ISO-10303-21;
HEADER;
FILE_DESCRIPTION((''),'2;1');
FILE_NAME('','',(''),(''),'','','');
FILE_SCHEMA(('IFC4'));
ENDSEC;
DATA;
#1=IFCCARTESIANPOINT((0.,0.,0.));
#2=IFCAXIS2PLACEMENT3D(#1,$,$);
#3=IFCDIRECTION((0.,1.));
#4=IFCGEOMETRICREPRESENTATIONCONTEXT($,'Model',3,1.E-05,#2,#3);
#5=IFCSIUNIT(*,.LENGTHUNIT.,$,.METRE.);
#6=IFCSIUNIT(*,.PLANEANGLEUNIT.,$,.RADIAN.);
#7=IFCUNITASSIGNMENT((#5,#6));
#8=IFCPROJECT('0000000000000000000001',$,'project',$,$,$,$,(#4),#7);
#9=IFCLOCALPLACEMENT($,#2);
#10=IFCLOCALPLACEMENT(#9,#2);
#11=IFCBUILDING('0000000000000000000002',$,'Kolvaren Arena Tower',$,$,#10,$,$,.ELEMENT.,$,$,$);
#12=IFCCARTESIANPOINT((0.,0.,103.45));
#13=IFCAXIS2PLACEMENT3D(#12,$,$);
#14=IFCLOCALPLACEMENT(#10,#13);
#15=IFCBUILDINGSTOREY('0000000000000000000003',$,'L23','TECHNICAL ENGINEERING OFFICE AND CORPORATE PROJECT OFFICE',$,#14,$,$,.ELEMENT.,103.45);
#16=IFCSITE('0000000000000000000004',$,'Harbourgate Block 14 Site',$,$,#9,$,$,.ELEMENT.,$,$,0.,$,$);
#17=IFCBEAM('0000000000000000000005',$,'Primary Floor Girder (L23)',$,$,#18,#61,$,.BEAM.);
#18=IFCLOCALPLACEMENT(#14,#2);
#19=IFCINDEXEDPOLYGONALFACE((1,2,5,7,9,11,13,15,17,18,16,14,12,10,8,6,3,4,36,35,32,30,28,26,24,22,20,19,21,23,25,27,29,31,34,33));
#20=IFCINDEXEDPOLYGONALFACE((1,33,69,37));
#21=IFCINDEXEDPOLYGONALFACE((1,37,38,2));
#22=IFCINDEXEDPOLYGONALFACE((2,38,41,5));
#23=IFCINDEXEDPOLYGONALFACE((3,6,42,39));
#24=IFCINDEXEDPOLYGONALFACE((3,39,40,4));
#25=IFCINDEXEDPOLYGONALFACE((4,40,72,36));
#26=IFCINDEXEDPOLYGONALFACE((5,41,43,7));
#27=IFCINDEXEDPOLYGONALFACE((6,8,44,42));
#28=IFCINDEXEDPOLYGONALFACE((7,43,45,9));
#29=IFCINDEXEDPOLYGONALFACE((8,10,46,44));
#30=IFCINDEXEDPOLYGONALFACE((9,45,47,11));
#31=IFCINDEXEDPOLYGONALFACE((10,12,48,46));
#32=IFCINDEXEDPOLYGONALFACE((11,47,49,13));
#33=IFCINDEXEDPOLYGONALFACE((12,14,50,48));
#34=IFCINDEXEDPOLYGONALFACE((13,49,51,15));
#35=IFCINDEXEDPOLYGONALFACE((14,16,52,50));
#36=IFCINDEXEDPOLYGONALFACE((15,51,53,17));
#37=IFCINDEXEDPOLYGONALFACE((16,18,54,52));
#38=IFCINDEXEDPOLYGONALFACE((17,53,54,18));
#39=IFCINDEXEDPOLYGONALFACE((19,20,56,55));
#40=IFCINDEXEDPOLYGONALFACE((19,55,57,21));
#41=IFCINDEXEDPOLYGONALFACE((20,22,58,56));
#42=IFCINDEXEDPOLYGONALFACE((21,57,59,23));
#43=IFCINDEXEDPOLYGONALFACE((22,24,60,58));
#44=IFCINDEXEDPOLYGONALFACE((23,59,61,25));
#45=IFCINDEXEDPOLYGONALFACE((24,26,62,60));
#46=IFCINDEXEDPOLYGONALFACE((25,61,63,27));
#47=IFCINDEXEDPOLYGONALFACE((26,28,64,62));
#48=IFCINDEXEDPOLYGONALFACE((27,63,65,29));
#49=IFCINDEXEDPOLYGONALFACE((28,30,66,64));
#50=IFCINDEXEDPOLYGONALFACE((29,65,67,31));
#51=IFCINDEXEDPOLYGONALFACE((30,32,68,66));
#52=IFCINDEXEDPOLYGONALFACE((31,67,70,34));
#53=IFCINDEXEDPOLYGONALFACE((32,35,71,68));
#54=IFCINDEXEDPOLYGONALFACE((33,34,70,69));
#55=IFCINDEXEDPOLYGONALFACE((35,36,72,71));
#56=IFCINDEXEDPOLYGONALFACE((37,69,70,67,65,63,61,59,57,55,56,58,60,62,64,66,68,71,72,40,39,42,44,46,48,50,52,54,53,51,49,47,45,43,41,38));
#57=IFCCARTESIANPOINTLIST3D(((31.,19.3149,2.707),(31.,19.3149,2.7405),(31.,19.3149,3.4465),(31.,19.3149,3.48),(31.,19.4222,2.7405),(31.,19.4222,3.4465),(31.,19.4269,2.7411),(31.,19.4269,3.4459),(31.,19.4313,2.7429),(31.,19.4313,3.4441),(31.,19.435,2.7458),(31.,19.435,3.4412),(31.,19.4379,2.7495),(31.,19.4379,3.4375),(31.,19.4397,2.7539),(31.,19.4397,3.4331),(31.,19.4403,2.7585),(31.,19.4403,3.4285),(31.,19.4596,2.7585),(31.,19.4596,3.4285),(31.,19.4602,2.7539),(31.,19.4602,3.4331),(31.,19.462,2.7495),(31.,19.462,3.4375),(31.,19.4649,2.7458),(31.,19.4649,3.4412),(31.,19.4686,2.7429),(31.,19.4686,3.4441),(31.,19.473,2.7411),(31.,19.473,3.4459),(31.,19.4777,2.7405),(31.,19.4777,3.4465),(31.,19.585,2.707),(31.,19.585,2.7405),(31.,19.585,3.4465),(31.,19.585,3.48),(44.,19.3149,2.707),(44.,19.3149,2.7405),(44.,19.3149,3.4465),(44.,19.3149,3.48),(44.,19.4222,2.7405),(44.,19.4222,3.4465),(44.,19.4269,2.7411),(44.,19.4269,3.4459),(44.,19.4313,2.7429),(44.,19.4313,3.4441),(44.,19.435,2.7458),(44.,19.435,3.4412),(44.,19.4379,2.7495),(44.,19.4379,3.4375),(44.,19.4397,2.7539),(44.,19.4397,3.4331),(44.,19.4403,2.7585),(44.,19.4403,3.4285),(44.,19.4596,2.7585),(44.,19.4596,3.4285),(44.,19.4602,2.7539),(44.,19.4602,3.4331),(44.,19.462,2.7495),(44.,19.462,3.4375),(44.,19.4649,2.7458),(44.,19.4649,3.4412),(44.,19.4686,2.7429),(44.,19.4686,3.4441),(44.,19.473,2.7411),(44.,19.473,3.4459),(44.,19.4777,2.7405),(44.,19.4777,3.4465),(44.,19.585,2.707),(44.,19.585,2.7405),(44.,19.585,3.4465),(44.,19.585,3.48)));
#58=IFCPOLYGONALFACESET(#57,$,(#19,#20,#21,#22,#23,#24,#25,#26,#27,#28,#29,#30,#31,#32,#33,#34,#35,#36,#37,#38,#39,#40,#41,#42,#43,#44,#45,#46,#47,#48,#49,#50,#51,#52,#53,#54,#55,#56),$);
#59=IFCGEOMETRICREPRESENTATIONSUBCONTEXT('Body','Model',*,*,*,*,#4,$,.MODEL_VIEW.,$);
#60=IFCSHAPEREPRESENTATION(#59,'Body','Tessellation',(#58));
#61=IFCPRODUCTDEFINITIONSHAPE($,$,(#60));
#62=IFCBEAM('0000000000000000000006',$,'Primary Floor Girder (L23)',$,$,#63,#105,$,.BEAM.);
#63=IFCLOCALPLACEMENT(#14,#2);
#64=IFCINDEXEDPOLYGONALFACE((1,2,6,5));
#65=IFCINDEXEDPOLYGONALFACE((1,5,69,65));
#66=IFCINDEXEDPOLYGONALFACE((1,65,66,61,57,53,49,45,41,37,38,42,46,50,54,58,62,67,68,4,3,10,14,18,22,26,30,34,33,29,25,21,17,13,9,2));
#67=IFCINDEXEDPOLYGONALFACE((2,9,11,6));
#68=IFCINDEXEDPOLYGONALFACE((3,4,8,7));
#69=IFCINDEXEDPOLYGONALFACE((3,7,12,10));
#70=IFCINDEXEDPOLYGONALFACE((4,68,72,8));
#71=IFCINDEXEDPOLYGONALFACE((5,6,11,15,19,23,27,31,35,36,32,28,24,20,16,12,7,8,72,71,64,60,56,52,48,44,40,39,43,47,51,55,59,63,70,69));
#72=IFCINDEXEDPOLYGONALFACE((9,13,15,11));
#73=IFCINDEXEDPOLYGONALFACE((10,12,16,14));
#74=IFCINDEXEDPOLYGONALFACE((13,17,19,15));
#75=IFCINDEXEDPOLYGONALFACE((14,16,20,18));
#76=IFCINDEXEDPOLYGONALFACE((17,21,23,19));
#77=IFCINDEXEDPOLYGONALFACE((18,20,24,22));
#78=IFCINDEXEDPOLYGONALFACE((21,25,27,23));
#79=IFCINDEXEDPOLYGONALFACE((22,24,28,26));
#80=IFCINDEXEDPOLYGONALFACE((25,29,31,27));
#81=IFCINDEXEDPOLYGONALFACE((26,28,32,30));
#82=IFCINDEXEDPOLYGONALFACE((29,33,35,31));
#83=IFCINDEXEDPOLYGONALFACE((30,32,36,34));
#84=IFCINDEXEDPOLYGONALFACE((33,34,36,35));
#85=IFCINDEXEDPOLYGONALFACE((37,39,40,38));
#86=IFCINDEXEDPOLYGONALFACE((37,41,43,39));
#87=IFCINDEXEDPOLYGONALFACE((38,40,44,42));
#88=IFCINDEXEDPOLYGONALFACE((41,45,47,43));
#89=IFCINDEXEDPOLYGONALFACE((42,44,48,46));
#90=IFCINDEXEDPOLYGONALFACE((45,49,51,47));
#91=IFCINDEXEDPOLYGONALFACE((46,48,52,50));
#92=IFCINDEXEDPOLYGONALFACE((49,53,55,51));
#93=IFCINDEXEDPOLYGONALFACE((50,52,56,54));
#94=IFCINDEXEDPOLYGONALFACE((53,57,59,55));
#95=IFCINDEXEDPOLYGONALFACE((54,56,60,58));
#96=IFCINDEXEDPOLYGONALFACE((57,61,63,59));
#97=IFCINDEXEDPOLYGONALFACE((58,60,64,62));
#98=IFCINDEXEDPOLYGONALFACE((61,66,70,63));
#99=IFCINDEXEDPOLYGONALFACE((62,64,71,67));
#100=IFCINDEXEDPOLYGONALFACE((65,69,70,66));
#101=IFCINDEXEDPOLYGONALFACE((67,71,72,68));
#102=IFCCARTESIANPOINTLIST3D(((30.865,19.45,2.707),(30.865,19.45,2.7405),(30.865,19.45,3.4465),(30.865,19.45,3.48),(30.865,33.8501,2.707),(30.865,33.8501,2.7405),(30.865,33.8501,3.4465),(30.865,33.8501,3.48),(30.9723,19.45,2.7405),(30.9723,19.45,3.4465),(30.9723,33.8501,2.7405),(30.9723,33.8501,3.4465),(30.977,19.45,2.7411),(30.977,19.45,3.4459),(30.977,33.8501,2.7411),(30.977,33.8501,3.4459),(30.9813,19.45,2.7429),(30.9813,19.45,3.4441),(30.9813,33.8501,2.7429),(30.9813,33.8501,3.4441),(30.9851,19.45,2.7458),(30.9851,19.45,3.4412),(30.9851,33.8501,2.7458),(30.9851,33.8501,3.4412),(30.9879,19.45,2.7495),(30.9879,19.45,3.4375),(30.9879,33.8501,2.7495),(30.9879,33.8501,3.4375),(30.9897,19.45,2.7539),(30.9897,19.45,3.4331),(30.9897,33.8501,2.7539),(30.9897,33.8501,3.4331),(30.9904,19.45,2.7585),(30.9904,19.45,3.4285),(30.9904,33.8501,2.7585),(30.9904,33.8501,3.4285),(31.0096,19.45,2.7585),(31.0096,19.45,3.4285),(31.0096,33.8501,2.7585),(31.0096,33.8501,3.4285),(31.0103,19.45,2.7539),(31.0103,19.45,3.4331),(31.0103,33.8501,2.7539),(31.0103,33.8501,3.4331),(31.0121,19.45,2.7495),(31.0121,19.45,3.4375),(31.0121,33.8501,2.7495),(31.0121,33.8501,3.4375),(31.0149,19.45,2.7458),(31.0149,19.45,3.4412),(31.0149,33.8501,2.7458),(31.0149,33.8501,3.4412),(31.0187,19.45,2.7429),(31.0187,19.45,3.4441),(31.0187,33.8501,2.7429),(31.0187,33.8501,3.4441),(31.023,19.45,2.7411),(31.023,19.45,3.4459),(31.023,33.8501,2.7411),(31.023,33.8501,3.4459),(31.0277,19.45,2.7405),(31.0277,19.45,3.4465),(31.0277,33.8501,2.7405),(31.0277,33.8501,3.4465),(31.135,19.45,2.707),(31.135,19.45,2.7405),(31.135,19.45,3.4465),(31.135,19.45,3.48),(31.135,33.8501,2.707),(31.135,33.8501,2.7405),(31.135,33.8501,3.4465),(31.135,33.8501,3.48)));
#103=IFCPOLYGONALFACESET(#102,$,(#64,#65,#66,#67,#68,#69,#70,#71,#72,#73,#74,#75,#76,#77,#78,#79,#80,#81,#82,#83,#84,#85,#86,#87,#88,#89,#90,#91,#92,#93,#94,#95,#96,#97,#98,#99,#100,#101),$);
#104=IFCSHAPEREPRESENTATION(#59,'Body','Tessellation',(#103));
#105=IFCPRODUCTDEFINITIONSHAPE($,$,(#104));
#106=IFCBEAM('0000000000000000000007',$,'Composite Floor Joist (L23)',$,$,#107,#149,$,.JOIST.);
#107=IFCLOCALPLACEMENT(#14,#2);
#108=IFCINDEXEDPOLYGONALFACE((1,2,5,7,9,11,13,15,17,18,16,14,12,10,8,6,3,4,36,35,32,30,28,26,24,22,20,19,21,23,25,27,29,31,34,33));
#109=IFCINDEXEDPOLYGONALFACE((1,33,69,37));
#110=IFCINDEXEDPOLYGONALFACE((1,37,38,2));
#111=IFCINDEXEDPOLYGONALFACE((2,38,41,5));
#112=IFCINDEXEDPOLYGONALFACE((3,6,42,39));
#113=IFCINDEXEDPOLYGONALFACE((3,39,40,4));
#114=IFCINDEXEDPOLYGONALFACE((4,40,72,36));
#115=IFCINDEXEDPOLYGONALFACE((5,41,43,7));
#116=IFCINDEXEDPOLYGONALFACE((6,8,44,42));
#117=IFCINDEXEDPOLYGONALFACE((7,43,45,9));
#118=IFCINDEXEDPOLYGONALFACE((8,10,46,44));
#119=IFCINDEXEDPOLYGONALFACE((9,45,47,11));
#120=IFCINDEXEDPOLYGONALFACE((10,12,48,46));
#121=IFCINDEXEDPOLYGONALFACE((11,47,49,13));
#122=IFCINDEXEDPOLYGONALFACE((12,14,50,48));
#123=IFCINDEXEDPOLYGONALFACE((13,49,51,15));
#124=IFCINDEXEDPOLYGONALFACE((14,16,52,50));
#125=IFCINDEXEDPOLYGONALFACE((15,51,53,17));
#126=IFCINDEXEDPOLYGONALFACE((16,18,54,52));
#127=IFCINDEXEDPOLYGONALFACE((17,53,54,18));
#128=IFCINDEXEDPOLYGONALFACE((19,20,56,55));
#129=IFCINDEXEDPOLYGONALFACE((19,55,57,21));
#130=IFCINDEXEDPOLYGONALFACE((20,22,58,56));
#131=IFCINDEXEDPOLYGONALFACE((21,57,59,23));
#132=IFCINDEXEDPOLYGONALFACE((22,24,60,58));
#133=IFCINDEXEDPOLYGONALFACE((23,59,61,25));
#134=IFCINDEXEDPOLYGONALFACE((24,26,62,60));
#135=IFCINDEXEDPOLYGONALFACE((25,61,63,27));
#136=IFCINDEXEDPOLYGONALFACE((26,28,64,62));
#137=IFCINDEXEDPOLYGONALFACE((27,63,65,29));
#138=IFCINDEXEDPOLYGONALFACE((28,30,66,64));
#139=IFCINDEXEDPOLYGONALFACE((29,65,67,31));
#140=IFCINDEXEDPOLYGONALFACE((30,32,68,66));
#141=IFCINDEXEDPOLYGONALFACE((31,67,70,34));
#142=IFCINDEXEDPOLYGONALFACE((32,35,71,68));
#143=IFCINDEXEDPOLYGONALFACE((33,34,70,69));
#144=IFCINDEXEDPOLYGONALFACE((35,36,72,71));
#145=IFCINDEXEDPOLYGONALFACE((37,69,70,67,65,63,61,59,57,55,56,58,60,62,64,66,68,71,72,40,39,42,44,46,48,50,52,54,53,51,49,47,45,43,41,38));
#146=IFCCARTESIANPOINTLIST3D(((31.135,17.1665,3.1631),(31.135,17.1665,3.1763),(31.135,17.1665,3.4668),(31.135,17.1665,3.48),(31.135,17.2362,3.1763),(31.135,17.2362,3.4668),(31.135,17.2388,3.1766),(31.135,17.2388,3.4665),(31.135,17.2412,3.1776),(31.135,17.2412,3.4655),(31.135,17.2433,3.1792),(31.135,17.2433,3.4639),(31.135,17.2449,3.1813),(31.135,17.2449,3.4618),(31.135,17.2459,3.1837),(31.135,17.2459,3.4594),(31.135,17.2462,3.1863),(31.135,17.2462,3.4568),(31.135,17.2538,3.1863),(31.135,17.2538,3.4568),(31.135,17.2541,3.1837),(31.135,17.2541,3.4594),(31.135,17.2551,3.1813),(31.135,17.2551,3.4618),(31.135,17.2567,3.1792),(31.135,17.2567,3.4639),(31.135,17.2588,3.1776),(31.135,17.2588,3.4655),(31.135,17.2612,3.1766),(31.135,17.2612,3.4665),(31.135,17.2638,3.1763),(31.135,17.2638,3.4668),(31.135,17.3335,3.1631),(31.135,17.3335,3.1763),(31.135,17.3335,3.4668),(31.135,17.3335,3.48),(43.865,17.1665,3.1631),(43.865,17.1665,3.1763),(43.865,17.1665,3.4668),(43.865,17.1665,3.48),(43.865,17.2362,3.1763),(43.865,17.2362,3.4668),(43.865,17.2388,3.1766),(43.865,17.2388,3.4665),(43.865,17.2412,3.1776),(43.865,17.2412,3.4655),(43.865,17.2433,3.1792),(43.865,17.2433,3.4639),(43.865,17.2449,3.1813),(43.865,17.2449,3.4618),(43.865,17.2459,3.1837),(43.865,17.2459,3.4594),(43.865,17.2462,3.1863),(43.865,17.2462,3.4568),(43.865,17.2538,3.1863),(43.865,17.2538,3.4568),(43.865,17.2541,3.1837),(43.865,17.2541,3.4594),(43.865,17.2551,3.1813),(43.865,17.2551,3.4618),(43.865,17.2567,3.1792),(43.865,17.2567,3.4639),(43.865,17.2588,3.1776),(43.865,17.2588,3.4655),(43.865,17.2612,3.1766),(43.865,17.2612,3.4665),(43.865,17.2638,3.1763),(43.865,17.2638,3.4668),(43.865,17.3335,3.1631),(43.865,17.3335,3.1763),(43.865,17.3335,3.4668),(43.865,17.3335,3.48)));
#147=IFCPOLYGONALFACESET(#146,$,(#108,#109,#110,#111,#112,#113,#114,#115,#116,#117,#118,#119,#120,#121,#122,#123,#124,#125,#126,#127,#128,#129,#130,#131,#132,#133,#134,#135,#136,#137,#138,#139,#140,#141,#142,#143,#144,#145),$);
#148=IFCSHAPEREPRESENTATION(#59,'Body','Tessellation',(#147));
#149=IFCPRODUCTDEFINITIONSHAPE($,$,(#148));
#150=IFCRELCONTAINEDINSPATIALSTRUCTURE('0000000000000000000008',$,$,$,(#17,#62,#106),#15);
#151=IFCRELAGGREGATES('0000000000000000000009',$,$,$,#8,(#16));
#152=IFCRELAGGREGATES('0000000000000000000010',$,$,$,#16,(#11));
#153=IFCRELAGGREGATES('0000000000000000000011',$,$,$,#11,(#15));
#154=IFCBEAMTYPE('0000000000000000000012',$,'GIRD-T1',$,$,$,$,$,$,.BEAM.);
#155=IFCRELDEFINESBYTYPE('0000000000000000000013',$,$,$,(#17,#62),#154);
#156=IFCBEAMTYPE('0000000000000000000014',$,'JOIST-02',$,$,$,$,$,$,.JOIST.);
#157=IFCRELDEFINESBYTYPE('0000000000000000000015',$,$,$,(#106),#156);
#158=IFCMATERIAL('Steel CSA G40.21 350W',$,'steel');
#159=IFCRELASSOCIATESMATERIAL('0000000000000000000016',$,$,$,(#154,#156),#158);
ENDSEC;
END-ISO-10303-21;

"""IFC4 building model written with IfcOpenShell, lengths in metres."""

from ifc_helpers import new_model, si_unit, direction, frame, origin, origin_2d, place, context, subcontext, project, spatial, i_section, extrude, material, material_profile, profile_set, type_object, element, save


model = new_model("IFC4")

# Units and contexts
model_context = context("Model", 3, precision=1e-05, world=origin(), true_north=direction((0.0, 1.0)))
body_context = subcontext(model_context, "Body", "Model", "MODEL_VIEW")
ifc_project = project(units=[si_unit("LENGTHUNIT", "METRE"), si_unit("PLANEANGLEUNIT", "RADIAN")], contexts=[model_context])

# Site, building, storey
site_placement = place(None, origin())
site = spatial("IfcSite", under=ifc_project, at=site_placement, Name="Harbourgate Block 14 Site", CompositionType="ELEMENT", RefElevation=0.0)
building_placement = place(site_placement, origin())
building = spatial("IfcBuilding", under=site, at=building_placement, Name="Kolvaren Arena Tower", CompositionType="ELEMENT")
storey_placement = place(building_placement, frame((0.0, 0.0, 103.45)))
storey = spatial("IfcBuildingStorey", under=building, at=storey_placement, Name="L23", Description="TECHNICAL ENGINEERING OFFICE AND CORPORATE PROJECT OFFICE", CompositionType="ELEMENT", Elevation=103.45)

# Beams
ifc_material_1 = material(Name="Steel CSA G40.21 350W", Category="steel")
ifc_material_profile_1 = material_profile(ifc_material_1, i_section(OverallWidth=0.27, OverallDepth=0.7729, WebThickness=0.0193, FlangeThickness=0.0334, FilletRadius=0.0181, at=origin_2d()), Name="W760x257")
ifc_profile_set_1 = profile_set([ifc_material_profile_1], Name="Steel CSA G40.21 350W")
beam_type_1 = type_object("IfcBeamType", Name="GIRD-T1", PredefinedType="BEAM", material=ifc_profile_set_1)
beam_1_placement = place(storey_placement, frame((31.0, 19.45, 3.0935), z_axis=(1.0, 0.0, 0.0), x_axis=(0.0, 1.0, 0.0)))
element("IfcBeam", 1, at=beam_1_placement, inside=storey, type_object=beam_type_1, Name="Primary Floor Girder (L23)", PredefinedType="BEAM", context=body_context, shape_type="SweptSolid", body=[
    extrude(i_section(OverallWidth=0.27, OverallDepth=0.7729, WebThickness=0.0193, FlangeThickness=0.0334, FilletRadius=0.0181, at=origin_2d()), origin(), (0.0, 0.0, 1.0), 13.0),
])
beam_2_placement = place(storey_placement, frame((31.0, 19.45, 3.0935), z_axis=(0.0, 1.0, 0.0), x_axis=(-1.0, 0.0, 0.0)))
element("IfcBeam", 2, at=beam_2_placement, inside=storey, type_object=beam_type_1, Name="Primary Floor Girder (L23)", PredefinedType="BEAM", context=body_context, shape_type="SweptSolid", body=[
    extrude(i_section(OverallWidth=0.27, OverallDepth=0.7729, WebThickness=0.0193, FlangeThickness=0.0334, FilletRadius=0.0181, at=origin_2d()), origin(), (0.0, 0.0, 1.0), 14.4001),
])
ifc_material_profile_2 = material_profile(ifc_material_1, i_section(OverallWidth=0.167, OverallDepth=0.3169, WebThickness=0.0076, FlangeThickness=0.0132, FilletRadius=0.01, at=origin_2d()), Name="W310x52")
ifc_profile_set_2 = profile_set([ifc_material_profile_2], Name="Steel CSA G40.21 350W")
beam_type_2 = type_object("IfcBeamType", Name="JOIST-02", PredefinedType="JOIST", material=ifc_profile_set_2)
beam_3_placement = place(storey_placement, frame((31.135, 17.25, 3.3215), z_axis=(1.0, 0.0, 0.0), x_axis=(0.0, 1.0, 0.0)))
element("IfcBeam", 3, at=beam_3_placement, inside=storey, type_object=beam_type_2, Name="Composite Floor Joist (L23)", PredefinedType="JOIST", context=body_context, shape_type="SweptSolid", body=[
    extrude(i_section(OverallWidth=0.167, OverallDepth=0.3169, WebThickness=0.0076, FlangeThickness=0.0132, FilletRadius=0.01, at=origin_2d()), origin(), (0.0, 0.0, 1.0), 12.73),
])

save(model, "model.ifc")
